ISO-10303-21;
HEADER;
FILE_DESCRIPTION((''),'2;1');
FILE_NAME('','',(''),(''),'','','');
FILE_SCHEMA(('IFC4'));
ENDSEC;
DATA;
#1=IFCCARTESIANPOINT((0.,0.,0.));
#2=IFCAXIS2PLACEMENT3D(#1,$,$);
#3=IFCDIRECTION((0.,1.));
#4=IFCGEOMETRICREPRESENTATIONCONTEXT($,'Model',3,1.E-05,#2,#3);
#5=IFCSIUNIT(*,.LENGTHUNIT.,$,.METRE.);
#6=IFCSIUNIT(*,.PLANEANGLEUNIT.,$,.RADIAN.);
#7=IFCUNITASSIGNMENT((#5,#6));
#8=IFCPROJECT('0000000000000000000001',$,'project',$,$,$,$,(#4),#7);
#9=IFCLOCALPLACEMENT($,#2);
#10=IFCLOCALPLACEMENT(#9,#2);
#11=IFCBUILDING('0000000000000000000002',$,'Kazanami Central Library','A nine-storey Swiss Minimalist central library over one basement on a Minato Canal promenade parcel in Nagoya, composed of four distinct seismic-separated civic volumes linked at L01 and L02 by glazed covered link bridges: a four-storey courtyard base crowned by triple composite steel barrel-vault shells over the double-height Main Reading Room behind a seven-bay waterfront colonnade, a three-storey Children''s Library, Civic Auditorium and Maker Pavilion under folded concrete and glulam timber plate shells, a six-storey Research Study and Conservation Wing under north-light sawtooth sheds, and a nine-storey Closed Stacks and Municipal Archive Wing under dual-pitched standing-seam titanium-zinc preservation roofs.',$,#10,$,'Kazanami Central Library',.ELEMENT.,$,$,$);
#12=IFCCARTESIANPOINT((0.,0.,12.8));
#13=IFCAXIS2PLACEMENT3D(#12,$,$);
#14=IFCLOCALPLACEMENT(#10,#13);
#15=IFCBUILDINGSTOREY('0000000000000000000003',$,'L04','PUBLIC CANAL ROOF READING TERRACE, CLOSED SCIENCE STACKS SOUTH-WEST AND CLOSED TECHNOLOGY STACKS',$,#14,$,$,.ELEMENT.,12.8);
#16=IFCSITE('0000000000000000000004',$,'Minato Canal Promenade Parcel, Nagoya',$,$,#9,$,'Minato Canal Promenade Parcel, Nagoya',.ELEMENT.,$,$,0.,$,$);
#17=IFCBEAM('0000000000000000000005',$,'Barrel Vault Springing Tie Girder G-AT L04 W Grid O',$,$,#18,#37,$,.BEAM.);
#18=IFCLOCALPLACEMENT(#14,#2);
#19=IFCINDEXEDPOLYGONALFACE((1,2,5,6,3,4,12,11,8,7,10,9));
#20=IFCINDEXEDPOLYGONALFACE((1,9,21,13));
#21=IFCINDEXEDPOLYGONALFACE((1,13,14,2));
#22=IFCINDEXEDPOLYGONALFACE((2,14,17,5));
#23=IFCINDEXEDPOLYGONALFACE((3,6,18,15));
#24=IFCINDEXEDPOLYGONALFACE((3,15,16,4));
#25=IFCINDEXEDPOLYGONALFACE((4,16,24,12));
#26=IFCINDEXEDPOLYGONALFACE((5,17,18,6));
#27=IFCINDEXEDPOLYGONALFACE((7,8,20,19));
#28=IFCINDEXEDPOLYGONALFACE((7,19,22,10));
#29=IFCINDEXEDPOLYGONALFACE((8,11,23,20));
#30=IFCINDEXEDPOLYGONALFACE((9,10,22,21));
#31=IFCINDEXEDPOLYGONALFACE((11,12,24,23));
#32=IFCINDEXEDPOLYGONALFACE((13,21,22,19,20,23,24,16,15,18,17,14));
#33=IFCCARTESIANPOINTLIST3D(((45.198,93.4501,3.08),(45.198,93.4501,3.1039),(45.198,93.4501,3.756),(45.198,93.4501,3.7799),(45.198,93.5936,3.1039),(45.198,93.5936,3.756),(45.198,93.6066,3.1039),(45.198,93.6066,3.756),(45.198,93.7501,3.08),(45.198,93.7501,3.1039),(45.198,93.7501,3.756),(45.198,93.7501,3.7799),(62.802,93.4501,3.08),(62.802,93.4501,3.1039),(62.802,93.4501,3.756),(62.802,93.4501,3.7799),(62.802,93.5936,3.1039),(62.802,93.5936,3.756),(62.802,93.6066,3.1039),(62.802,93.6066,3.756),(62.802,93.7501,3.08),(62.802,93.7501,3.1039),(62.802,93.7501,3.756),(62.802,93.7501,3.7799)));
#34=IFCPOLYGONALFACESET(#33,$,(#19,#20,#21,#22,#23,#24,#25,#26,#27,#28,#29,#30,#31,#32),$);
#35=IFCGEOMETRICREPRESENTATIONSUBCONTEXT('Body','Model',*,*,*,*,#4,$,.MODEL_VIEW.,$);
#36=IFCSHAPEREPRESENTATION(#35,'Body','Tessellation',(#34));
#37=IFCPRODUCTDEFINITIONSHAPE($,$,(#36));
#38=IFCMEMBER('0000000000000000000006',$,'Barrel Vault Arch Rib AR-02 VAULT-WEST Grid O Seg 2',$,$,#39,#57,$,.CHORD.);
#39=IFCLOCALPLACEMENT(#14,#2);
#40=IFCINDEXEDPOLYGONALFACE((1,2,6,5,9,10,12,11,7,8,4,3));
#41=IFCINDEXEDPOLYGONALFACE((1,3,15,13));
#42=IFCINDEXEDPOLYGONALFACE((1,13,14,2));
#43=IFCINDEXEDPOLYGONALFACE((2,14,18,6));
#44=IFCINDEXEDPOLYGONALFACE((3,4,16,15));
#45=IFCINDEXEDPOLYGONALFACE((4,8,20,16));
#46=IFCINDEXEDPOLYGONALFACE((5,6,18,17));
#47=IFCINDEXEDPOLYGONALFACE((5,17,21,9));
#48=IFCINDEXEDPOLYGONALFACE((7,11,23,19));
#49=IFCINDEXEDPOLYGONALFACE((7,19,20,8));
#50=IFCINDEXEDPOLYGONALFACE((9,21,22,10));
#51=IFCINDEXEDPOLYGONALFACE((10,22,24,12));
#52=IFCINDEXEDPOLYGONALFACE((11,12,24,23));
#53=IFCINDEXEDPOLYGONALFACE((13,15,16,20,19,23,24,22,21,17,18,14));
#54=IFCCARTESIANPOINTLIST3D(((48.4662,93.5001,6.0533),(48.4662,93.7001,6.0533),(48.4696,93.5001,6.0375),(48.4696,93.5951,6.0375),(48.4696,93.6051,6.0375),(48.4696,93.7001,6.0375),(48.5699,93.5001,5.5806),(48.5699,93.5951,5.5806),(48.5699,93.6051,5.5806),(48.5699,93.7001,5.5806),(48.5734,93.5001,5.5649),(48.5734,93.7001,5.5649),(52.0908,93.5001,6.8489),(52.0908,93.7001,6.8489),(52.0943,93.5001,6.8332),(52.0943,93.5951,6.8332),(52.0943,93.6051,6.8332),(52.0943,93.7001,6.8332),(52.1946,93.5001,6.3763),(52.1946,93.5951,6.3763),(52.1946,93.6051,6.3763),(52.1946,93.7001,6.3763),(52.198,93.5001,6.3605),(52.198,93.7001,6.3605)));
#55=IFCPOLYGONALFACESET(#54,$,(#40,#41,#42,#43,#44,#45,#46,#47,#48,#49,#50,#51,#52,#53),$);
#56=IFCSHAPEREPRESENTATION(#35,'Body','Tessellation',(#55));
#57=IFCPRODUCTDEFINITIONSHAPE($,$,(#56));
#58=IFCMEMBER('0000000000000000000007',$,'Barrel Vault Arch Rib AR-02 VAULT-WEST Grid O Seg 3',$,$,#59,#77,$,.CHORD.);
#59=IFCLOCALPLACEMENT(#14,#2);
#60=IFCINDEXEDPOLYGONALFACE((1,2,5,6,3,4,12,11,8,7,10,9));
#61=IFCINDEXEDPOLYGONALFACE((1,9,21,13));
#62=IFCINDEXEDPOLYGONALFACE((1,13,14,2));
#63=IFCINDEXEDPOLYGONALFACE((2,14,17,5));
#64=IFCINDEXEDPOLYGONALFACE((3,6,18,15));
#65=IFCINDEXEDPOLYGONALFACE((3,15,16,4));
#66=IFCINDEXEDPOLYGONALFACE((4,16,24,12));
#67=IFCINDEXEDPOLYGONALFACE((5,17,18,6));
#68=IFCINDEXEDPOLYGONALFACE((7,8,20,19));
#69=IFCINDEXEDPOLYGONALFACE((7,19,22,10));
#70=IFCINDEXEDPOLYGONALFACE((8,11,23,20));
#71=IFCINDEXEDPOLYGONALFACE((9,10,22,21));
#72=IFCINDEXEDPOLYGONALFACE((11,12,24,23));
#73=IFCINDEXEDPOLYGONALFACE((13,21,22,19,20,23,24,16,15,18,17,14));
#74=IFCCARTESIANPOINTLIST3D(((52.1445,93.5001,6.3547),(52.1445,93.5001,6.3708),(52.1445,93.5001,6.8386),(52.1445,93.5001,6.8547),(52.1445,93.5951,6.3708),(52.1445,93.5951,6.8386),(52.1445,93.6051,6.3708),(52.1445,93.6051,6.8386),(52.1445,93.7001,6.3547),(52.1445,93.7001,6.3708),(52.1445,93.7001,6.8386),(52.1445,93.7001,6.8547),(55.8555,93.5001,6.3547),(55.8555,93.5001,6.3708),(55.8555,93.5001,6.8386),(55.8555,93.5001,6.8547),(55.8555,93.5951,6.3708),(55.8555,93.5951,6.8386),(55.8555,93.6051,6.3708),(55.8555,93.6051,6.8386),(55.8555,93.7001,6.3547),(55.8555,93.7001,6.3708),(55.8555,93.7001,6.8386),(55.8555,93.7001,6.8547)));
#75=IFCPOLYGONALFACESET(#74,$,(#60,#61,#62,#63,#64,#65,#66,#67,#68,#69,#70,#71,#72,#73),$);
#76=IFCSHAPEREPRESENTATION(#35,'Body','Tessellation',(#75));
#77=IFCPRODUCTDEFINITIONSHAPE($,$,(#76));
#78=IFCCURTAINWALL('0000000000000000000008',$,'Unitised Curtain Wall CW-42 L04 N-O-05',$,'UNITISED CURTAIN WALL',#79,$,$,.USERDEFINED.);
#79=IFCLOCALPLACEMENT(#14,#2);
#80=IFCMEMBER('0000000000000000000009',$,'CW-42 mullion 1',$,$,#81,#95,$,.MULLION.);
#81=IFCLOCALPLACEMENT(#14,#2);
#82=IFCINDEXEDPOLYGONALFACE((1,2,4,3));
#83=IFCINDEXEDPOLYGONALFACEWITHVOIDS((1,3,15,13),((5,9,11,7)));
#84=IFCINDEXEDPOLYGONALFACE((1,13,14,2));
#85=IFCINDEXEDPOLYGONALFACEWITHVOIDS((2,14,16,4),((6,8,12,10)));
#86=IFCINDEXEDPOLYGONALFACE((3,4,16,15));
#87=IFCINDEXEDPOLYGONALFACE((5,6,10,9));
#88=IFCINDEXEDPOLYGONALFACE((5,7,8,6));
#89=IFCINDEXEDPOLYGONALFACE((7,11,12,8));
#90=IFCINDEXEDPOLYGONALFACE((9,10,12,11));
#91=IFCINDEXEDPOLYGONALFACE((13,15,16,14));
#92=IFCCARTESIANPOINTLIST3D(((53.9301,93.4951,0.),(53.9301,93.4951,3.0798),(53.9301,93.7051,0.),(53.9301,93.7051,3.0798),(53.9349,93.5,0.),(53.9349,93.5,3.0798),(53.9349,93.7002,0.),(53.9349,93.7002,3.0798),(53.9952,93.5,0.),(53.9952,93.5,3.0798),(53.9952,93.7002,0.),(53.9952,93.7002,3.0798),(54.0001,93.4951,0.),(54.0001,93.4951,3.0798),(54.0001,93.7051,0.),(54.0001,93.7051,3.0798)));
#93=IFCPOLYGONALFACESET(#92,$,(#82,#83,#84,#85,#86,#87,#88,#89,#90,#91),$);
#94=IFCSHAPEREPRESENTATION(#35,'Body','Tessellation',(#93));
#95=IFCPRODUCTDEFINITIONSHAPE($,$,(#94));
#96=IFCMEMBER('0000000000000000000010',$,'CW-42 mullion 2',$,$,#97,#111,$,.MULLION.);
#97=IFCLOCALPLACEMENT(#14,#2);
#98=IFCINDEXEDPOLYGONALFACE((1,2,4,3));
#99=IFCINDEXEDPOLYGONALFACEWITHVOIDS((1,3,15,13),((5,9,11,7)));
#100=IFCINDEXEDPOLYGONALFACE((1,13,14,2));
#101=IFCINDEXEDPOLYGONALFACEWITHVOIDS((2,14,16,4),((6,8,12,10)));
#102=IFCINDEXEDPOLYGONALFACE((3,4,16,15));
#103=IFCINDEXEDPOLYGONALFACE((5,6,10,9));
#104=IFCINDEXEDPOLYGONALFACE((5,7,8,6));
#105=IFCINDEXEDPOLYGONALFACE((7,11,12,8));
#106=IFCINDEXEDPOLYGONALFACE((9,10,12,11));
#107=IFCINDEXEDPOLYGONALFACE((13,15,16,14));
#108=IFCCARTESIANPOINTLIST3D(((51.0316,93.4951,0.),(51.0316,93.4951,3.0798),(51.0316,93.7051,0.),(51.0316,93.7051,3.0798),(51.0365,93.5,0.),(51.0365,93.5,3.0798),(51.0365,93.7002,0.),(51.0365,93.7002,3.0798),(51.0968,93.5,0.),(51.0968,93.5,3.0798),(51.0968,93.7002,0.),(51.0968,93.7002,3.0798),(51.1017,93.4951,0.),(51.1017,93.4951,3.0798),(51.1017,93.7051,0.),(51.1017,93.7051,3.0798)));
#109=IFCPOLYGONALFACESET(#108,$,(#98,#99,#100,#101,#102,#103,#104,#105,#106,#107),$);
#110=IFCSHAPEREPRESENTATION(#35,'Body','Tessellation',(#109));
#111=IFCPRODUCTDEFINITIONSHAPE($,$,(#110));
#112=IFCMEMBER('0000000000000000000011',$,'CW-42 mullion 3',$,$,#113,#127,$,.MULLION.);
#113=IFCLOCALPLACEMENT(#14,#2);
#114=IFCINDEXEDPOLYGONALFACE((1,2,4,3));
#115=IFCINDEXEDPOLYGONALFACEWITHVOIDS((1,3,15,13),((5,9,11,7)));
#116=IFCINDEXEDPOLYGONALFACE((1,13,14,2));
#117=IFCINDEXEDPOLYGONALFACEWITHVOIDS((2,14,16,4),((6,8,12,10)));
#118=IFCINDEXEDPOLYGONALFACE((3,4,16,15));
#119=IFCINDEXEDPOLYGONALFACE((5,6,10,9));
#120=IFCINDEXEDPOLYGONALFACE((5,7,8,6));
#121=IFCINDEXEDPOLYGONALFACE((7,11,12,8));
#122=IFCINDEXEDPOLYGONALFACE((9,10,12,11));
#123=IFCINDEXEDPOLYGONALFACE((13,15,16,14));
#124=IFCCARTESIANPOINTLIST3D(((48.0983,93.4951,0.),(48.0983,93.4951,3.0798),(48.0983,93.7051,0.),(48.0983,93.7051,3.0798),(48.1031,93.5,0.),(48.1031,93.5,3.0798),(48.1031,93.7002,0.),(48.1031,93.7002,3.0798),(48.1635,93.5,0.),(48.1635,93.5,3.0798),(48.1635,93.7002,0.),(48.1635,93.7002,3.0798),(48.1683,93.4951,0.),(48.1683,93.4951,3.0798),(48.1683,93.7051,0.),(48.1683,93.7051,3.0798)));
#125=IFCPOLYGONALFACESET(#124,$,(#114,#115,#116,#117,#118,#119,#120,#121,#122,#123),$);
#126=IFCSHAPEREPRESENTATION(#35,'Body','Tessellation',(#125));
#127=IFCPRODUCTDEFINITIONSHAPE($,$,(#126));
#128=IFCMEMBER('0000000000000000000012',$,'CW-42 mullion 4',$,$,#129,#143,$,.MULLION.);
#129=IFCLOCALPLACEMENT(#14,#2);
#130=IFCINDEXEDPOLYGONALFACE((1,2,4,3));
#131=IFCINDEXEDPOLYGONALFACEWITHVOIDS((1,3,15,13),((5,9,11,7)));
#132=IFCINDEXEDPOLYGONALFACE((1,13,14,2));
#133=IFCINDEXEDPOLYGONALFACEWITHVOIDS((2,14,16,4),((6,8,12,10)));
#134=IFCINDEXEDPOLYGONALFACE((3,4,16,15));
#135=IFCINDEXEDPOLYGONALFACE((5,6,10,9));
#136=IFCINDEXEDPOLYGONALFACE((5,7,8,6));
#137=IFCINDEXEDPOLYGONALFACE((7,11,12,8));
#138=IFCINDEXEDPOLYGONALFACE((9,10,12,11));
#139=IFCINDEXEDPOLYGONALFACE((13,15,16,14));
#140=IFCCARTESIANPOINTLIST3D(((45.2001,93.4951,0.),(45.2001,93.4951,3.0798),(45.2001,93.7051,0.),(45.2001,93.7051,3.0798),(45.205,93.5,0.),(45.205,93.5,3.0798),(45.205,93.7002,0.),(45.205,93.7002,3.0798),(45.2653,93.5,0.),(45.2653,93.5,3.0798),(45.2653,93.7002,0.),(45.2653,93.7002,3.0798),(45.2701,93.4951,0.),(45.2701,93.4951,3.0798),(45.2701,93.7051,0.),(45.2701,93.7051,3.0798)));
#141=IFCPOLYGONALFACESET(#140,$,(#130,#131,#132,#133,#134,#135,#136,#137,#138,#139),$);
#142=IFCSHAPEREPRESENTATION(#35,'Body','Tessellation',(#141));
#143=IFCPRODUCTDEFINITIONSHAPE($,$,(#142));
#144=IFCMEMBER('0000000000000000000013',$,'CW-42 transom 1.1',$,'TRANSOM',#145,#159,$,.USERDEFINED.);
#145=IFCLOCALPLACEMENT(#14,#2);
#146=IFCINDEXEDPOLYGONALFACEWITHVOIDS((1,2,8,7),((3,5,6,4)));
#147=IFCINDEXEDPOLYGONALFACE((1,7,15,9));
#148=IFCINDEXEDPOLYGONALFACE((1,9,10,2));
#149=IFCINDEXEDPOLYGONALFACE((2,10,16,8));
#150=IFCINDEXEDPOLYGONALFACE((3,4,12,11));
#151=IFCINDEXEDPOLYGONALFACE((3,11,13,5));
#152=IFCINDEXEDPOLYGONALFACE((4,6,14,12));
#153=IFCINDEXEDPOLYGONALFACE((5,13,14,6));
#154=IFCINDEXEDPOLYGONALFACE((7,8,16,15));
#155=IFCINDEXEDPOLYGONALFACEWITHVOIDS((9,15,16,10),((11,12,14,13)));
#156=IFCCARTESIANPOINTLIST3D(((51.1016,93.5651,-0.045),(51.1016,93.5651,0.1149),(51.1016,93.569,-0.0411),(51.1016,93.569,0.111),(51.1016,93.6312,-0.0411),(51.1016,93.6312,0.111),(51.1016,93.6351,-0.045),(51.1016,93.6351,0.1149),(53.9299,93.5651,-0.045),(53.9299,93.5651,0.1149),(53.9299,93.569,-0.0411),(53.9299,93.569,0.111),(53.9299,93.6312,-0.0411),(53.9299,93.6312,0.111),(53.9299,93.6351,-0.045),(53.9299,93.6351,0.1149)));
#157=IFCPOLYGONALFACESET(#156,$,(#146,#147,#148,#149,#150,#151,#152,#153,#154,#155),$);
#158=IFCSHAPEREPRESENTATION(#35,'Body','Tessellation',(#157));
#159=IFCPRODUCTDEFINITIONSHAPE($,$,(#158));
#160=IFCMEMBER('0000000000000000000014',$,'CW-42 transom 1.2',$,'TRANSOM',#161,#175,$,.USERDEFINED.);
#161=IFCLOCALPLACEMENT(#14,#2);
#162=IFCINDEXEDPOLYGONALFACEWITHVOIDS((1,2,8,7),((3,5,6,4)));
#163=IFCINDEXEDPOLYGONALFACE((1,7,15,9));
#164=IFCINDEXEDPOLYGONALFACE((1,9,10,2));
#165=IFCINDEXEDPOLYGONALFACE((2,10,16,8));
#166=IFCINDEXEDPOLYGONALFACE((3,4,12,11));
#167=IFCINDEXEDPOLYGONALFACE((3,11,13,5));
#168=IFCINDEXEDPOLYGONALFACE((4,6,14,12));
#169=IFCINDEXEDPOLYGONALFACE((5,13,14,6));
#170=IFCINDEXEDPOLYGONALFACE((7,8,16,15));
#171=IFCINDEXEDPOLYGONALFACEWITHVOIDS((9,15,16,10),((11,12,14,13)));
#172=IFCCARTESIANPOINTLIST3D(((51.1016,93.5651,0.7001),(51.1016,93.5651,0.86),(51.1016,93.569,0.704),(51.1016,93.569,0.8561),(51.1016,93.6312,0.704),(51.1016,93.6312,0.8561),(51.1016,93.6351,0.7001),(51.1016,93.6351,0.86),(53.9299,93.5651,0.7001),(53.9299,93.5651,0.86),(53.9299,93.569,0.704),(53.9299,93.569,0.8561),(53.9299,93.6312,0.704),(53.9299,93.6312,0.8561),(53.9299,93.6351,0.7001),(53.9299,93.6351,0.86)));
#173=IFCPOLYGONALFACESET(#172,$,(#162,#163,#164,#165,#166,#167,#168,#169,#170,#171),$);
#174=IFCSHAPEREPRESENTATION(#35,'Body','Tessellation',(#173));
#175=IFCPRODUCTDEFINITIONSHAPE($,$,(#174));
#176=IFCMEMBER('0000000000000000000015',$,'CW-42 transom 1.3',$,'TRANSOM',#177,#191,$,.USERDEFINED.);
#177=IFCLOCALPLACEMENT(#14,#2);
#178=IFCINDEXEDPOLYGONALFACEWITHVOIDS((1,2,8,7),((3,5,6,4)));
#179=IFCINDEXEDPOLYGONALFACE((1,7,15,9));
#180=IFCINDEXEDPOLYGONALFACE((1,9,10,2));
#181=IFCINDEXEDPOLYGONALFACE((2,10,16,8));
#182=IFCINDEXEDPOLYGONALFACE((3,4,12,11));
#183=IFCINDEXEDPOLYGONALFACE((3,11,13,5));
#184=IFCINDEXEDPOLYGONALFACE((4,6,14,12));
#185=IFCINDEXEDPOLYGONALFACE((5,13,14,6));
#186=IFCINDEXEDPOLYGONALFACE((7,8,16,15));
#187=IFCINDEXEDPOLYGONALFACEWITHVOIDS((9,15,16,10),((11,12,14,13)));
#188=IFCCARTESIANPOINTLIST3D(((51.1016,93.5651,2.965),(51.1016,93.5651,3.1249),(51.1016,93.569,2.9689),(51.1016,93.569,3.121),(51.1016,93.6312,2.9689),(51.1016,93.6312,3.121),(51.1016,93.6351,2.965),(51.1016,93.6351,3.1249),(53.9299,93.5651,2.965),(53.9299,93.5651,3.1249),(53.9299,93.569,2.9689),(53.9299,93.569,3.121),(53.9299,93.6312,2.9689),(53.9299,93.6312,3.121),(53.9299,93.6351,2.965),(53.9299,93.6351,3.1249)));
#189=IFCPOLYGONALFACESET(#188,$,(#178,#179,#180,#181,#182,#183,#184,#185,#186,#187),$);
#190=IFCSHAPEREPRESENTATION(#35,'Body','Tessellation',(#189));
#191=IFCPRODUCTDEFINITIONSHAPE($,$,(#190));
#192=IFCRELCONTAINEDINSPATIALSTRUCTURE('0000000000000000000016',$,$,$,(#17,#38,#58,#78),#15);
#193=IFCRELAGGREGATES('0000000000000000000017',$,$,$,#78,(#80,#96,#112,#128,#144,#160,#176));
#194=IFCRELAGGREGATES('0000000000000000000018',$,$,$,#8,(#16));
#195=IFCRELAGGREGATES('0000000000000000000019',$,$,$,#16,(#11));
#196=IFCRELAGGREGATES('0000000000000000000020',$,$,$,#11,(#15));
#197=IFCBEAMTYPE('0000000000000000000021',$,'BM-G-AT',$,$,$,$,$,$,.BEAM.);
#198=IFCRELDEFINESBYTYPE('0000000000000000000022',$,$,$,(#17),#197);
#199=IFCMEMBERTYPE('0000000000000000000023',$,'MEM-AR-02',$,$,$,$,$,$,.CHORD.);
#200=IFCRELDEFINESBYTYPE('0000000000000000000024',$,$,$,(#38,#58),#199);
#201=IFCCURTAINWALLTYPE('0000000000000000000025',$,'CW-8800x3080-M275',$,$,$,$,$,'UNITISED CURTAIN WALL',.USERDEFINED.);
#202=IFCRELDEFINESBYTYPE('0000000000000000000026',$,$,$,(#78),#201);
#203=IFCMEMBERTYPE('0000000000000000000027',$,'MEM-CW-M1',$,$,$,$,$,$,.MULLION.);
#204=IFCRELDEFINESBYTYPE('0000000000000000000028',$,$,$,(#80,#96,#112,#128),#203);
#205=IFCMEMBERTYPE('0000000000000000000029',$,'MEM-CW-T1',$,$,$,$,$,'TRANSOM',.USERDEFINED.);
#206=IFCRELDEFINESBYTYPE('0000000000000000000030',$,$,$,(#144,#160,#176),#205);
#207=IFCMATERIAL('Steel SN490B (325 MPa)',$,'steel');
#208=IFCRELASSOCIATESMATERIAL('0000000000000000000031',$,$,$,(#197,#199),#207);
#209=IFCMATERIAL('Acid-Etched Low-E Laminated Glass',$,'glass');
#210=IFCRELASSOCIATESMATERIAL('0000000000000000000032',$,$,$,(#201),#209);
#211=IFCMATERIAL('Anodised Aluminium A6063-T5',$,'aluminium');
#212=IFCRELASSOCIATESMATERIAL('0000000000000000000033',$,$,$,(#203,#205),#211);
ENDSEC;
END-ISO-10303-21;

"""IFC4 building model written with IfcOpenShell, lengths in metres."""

from ifc_helpers import new_model, si_unit, direction, frame, origin, origin_2d, place, context, subcontext, project, spatial, hollow_rectangle, i_section, extrude, material, material_profile, profile_set, type_object, element, aggregate, save


model = new_model("IFC4")

# Units and contexts
model_context = context("Model", 3, precision=1e-05, world=origin(), true_north=direction((0.0, 1.0)))
body_context = subcontext(model_context, "Body", "Model", "MODEL_VIEW")
ifc_project = project(units=[si_unit("LENGTHUNIT", "METRE"), si_unit("PLANEANGLEUNIT", "RADIAN")], contexts=[model_context])

# Site, building, storey
site_placement = place(None, origin())
site = spatial("IfcSite", under=ifc_project, at=site_placement, Name="Minato Canal Promenade Parcel, Nagoya", LongName="Minato Canal Promenade Parcel, Nagoya", CompositionType="ELEMENT", RefElevation=0.0)
building_placement = place(site_placement, origin())
building = spatial("IfcBuilding", under=site, at=building_placement, Name="Kazanami Central Library", Description="A nine-storey Swiss Minimalist central library over one basement on a Minato Canal promenade parcel in Nagoya, composed of four distinct seismic-separated civic volumes linked at L01 and L02 by glazed covered link bridges: a four-storey courtyard base crowned by triple composite steel barrel-vault shells over the double-height Main Reading Room behind a seven-bay waterfront colonnade, a three-storey Children's Library, Civic Auditorium and Maker Pavilion under folded concrete and glulam timber plate shells, a six-storey Research Study and Conservation Wing under north-light sawtooth sheds, and a nine-storey Closed Stacks and Municipal Archive Wing under dual-pitched standing-seam titanium-zinc preservation roofs.", LongName="Kazanami Central Library", CompositionType="ELEMENT")
storey_placement = place(building_placement, frame((0.0, 0.0, 12.8)))
storey = spatial("IfcBuildingStorey", under=building, at=storey_placement, Name="L04", Description="PUBLIC CANAL ROOF READING TERRACE, CLOSED SCIENCE STACKS SOUTH-WEST AND CLOSED TECHNOLOGY STACKS", CompositionType="ELEMENT", Elevation=12.8)

# Beam
ifc_material_1 = material(Name="Steel SN490B (325 MPa)", Category="steel")
ifc_material_profile_1 = material_profile(ifc_material_1, i_section(OverallWidth=0.3, OverallDepth=0.7, WebThickness=0.0129, FlangeThickness=0.0239, at=origin_2d()), Name="H-700x300x13x24")
ifc_profile_set_1 = profile_set([ifc_material_profile_1], Name="Steel SN490B (325 MPa)")
beam_type = type_object("IfcBeamType", Name="BM-G-AT", PredefinedType="BEAM", material=ifc_profile_set_1)
beam_placement = place(storey_placement, frame((45.198, 93.6001, 3.4299), z_axis=(1.0, 0.0, 0.0), x_axis=(0.0, 1.0, 0.0)))
element("IfcBeam", 1, at=beam_placement, inside=storey, type_object=beam_type, Name="Barrel Vault Springing Tie Girder G-AT L04 W Grid O", PredefinedType="BEAM", context=body_context, shape_type="SweptSolid", body=[
    extrude(i_section(OverallWidth=0.3, OverallDepth=0.7, WebThickness=0.0129, FlangeThickness=0.0239, at=origin_2d()), origin(), (0.0, 0.0, 1.0), 17.604),
])

# Members
ifc_material_profile_2 = material_profile(ifc_material_1, i_section(OverallWidth=0.2, OverallDepth=0.5, WebThickness=0.01, FlangeThickness=0.0161, at=origin_2d()), Name="H-500x200x10x16")
ifc_profile_set_2 = profile_set([ifc_material_profile_2], Name="Steel SN490B (325 MPa)")
member_type_1 = type_object("IfcMemberType", Name="MEM-AR-02", PredefinedType="CHORD", material=ifc_profile_set_2)
for number, where, z_axis, x_axis, name in (
    (2, (48.5198, 93.6001, 5.8091), (0.976746, 0.0, 0.214401), (0.0, 1.0, 0.0), "Barrel Vault Arch Rib AR-02 VAULT-WEST Grid O Seg 2"),
    (3, (52.1445, 93.6001, 6.6047), (1.0, 0.0, 0.0), (0.0, 1.0, 0.0), "Barrel Vault Arch Rib AR-02 VAULT-WEST Grid O Seg 3"),
):
    element("IfcMember", number, at=place(storey_placement, frame(where, z_axis=z_axis, x_axis=x_axis)), inside=storey, type_object=member_type_1, Name=name, PredefinedType="CHORD", context=body_context, shape_type="SweptSolid", body=[
        extrude(i_section(OverallWidth=0.2, OverallDepth=0.5, WebThickness=0.01, FlangeThickness=0.0161, at=origin_2d()), origin(), (0.0, 0.0, 1.0), 3.7109),
    ])

# Curtain wall, members
ifc_material_2 = material(Name="Acid-Etched Low-E Laminated Glass", Category="glass")
curtain_wall_type = type_object("IfcCurtainWallType", Name="CW-8800x3080-M275", ElementType="UNITISED CURTAIN WALL", PredefinedType="USERDEFINED", material=ifc_material_2)
curtain_wall_placement = place(storey_placement, origin())
curtain_wall = element("IfcCurtainWall", 4, at=curtain_wall_placement, inside=storey, type_object=curtain_wall_type, Name="Unitised Curtain Wall CW-42 L04 N-O-05", ObjectType="UNITISED CURTAIN WALL", PredefinedType="USERDEFINED")
ifc_material_3 = material(Name="Anodised Aluminium A6063-T5", Category="aluminium")
ifc_material_profile_3 = material_profile(ifc_material_3, hollow_rectangle(XDim=0.0701, YDim=0.21, WallThickness=0.0049, at=origin_2d()), Name="ALU-MULL-70x210x5")
ifc_profile_set_3 = profile_set([ifc_material_profile_3], Name="Anodised Aluminium A6063-T5")
member_type_2 = type_object("IfcMemberType", Name="MEM-CW-M1", PredefinedType="MULLION", material=ifc_profile_set_3)
member_1_placement = place(storey_placement, frame((53.9651, 93.6001, 0.0), z_axis=(0.0, 0.0, 1.0), x_axis=(-1.0, 0.0, 0.0)))
member_1 = element("IfcMember", 5, at=member_1_placement, type_object=member_type_2, Name="CW-42 mullion 1", PredefinedType="MULLION", context=body_context, shape_type="SweptSolid", body=[
    extrude(hollow_rectangle(XDim=0.0701, YDim=0.21, WallThickness=0.0049, at=origin_2d()), origin(), (0.0, 0.0, 1.0), 3.0798),
])
member_2_placement = place(storey_placement, frame((51.0667, 93.6001, 0.0), z_axis=(0.0, 0.0, 1.0), x_axis=(-1.0, 0.0, 0.0)))
member_2 = element("IfcMember", 6, at=member_2_placement, type_object=member_type_2, Name="CW-42 mullion 2", PredefinedType="MULLION", context=body_context, shape_type="SweptSolid", body=[
    extrude(hollow_rectangle(XDim=0.0701, YDim=0.21, WallThickness=0.0049, at=origin_2d()), origin(), (0.0, 0.0, 1.0), 3.0798),
])
member_3_placement = place(storey_placement, frame((48.1333, 93.6001, 0.0), z_axis=(0.0, 0.0, 1.0), x_axis=(-1.0, 0.0, 0.0)))
member_3 = element("IfcMember", 7, at=member_3_placement, type_object=member_type_2, Name="CW-42 mullion 3", PredefinedType="MULLION", context=body_context, shape_type="SweptSolid", body=[
    extrude(hollow_rectangle(XDim=0.0701, YDim=0.21, WallThickness=0.0049, at=origin_2d()), origin(), (0.0, 0.0, 1.0), 3.0798),
])
member_4_placement = place(storey_placement, frame((45.2351, 93.6001, 0.0), z_axis=(0.0, 0.0, 1.0), x_axis=(-1.0, 0.0, 0.0)))
member_4 = element("IfcMember", 8, at=member_4_placement, type_object=member_type_2, Name="CW-42 mullion 4", PredefinedType="MULLION", context=body_context, shape_type="SweptSolid", body=[
    extrude(hollow_rectangle(XDim=0.0701, YDim=0.21, WallThickness=0.0049, at=origin_2d()), origin(), (0.0, 0.0, 1.0), 3.0798),
])
ifc_material_profile_4 = material_profile(ifc_material_3, hollow_rectangle(XDim=0.0701, YDim=0.1599, WallThickness=0.0039, at=origin_2d()), Name="ALU-TRAN-70x160x4")
ifc_profile_set_4 = profile_set([ifc_material_profile_4], Name="Anodised Aluminium A6063-T5")
member_type_3 = type_object("IfcMemberType", Name="MEM-CW-T1", ElementType="TRANSOM", PredefinedType="USERDEFINED", material=ifc_profile_set_4)
member_5_placement = place(storey_placement, frame((53.9299, 93.6001, 0.0349), z_axis=(-1.0, 0.0, 0.0), x_axis=(0.0, -1.0, 0.0)))
member_5 = element("IfcMember", 9, at=member_5_placement, type_object=member_type_3, Name="CW-42 transom 1.1", ObjectType="TRANSOM", PredefinedType="USERDEFINED", context=body_context, shape_type="SweptSolid", body=[
    extrude(hollow_rectangle(XDim=0.0701, YDim=0.1599, WallThickness=0.0039, at=origin_2d()), origin(), (0.0, 0.0, 1.0), 2.8284),
])
member_6_placement = place(storey_placement, frame((53.9299, 93.6001, 0.78), z_axis=(-1.0, 0.0, 0.0), x_axis=(0.0, -1.0, 0.0)))
member_6 = element("IfcMember", 10, at=member_6_placement, type_object=member_type_3, Name="CW-42 transom 1.2", ObjectType="TRANSOM", PredefinedType="USERDEFINED", context=body_context, shape_type="SweptSolid", body=[
    extrude(hollow_rectangle(XDim=0.0701, YDim=0.1599, WallThickness=0.0039, at=origin_2d()), origin(), (0.0, 0.0, 1.0), 2.8284),
])
member_7_placement = place(storey_placement, frame((53.9299, 93.6001, 3.0449), z_axis=(-1.0, 0.0, 0.0), x_axis=(0.0, -1.0, 0.0)))
member_7 = element("IfcMember", 11, at=member_7_placement, type_object=member_type_3, Name="CW-42 transom 1.3", ObjectType="TRANSOM", PredefinedType="USERDEFINED", context=body_context, shape_type="SweptSolid", body=[
    extrude(hollow_rectangle(XDim=0.0701, YDim=0.1599, WallThickness=0.0039, at=origin_2d()), origin(), (0.0, 0.0, 1.0), 2.8284),
])

aggregate(curtain_wall, [member_1, member_2, member_3, member_4, member_5, member_6, member_7])

save(model, "model.ifc")
